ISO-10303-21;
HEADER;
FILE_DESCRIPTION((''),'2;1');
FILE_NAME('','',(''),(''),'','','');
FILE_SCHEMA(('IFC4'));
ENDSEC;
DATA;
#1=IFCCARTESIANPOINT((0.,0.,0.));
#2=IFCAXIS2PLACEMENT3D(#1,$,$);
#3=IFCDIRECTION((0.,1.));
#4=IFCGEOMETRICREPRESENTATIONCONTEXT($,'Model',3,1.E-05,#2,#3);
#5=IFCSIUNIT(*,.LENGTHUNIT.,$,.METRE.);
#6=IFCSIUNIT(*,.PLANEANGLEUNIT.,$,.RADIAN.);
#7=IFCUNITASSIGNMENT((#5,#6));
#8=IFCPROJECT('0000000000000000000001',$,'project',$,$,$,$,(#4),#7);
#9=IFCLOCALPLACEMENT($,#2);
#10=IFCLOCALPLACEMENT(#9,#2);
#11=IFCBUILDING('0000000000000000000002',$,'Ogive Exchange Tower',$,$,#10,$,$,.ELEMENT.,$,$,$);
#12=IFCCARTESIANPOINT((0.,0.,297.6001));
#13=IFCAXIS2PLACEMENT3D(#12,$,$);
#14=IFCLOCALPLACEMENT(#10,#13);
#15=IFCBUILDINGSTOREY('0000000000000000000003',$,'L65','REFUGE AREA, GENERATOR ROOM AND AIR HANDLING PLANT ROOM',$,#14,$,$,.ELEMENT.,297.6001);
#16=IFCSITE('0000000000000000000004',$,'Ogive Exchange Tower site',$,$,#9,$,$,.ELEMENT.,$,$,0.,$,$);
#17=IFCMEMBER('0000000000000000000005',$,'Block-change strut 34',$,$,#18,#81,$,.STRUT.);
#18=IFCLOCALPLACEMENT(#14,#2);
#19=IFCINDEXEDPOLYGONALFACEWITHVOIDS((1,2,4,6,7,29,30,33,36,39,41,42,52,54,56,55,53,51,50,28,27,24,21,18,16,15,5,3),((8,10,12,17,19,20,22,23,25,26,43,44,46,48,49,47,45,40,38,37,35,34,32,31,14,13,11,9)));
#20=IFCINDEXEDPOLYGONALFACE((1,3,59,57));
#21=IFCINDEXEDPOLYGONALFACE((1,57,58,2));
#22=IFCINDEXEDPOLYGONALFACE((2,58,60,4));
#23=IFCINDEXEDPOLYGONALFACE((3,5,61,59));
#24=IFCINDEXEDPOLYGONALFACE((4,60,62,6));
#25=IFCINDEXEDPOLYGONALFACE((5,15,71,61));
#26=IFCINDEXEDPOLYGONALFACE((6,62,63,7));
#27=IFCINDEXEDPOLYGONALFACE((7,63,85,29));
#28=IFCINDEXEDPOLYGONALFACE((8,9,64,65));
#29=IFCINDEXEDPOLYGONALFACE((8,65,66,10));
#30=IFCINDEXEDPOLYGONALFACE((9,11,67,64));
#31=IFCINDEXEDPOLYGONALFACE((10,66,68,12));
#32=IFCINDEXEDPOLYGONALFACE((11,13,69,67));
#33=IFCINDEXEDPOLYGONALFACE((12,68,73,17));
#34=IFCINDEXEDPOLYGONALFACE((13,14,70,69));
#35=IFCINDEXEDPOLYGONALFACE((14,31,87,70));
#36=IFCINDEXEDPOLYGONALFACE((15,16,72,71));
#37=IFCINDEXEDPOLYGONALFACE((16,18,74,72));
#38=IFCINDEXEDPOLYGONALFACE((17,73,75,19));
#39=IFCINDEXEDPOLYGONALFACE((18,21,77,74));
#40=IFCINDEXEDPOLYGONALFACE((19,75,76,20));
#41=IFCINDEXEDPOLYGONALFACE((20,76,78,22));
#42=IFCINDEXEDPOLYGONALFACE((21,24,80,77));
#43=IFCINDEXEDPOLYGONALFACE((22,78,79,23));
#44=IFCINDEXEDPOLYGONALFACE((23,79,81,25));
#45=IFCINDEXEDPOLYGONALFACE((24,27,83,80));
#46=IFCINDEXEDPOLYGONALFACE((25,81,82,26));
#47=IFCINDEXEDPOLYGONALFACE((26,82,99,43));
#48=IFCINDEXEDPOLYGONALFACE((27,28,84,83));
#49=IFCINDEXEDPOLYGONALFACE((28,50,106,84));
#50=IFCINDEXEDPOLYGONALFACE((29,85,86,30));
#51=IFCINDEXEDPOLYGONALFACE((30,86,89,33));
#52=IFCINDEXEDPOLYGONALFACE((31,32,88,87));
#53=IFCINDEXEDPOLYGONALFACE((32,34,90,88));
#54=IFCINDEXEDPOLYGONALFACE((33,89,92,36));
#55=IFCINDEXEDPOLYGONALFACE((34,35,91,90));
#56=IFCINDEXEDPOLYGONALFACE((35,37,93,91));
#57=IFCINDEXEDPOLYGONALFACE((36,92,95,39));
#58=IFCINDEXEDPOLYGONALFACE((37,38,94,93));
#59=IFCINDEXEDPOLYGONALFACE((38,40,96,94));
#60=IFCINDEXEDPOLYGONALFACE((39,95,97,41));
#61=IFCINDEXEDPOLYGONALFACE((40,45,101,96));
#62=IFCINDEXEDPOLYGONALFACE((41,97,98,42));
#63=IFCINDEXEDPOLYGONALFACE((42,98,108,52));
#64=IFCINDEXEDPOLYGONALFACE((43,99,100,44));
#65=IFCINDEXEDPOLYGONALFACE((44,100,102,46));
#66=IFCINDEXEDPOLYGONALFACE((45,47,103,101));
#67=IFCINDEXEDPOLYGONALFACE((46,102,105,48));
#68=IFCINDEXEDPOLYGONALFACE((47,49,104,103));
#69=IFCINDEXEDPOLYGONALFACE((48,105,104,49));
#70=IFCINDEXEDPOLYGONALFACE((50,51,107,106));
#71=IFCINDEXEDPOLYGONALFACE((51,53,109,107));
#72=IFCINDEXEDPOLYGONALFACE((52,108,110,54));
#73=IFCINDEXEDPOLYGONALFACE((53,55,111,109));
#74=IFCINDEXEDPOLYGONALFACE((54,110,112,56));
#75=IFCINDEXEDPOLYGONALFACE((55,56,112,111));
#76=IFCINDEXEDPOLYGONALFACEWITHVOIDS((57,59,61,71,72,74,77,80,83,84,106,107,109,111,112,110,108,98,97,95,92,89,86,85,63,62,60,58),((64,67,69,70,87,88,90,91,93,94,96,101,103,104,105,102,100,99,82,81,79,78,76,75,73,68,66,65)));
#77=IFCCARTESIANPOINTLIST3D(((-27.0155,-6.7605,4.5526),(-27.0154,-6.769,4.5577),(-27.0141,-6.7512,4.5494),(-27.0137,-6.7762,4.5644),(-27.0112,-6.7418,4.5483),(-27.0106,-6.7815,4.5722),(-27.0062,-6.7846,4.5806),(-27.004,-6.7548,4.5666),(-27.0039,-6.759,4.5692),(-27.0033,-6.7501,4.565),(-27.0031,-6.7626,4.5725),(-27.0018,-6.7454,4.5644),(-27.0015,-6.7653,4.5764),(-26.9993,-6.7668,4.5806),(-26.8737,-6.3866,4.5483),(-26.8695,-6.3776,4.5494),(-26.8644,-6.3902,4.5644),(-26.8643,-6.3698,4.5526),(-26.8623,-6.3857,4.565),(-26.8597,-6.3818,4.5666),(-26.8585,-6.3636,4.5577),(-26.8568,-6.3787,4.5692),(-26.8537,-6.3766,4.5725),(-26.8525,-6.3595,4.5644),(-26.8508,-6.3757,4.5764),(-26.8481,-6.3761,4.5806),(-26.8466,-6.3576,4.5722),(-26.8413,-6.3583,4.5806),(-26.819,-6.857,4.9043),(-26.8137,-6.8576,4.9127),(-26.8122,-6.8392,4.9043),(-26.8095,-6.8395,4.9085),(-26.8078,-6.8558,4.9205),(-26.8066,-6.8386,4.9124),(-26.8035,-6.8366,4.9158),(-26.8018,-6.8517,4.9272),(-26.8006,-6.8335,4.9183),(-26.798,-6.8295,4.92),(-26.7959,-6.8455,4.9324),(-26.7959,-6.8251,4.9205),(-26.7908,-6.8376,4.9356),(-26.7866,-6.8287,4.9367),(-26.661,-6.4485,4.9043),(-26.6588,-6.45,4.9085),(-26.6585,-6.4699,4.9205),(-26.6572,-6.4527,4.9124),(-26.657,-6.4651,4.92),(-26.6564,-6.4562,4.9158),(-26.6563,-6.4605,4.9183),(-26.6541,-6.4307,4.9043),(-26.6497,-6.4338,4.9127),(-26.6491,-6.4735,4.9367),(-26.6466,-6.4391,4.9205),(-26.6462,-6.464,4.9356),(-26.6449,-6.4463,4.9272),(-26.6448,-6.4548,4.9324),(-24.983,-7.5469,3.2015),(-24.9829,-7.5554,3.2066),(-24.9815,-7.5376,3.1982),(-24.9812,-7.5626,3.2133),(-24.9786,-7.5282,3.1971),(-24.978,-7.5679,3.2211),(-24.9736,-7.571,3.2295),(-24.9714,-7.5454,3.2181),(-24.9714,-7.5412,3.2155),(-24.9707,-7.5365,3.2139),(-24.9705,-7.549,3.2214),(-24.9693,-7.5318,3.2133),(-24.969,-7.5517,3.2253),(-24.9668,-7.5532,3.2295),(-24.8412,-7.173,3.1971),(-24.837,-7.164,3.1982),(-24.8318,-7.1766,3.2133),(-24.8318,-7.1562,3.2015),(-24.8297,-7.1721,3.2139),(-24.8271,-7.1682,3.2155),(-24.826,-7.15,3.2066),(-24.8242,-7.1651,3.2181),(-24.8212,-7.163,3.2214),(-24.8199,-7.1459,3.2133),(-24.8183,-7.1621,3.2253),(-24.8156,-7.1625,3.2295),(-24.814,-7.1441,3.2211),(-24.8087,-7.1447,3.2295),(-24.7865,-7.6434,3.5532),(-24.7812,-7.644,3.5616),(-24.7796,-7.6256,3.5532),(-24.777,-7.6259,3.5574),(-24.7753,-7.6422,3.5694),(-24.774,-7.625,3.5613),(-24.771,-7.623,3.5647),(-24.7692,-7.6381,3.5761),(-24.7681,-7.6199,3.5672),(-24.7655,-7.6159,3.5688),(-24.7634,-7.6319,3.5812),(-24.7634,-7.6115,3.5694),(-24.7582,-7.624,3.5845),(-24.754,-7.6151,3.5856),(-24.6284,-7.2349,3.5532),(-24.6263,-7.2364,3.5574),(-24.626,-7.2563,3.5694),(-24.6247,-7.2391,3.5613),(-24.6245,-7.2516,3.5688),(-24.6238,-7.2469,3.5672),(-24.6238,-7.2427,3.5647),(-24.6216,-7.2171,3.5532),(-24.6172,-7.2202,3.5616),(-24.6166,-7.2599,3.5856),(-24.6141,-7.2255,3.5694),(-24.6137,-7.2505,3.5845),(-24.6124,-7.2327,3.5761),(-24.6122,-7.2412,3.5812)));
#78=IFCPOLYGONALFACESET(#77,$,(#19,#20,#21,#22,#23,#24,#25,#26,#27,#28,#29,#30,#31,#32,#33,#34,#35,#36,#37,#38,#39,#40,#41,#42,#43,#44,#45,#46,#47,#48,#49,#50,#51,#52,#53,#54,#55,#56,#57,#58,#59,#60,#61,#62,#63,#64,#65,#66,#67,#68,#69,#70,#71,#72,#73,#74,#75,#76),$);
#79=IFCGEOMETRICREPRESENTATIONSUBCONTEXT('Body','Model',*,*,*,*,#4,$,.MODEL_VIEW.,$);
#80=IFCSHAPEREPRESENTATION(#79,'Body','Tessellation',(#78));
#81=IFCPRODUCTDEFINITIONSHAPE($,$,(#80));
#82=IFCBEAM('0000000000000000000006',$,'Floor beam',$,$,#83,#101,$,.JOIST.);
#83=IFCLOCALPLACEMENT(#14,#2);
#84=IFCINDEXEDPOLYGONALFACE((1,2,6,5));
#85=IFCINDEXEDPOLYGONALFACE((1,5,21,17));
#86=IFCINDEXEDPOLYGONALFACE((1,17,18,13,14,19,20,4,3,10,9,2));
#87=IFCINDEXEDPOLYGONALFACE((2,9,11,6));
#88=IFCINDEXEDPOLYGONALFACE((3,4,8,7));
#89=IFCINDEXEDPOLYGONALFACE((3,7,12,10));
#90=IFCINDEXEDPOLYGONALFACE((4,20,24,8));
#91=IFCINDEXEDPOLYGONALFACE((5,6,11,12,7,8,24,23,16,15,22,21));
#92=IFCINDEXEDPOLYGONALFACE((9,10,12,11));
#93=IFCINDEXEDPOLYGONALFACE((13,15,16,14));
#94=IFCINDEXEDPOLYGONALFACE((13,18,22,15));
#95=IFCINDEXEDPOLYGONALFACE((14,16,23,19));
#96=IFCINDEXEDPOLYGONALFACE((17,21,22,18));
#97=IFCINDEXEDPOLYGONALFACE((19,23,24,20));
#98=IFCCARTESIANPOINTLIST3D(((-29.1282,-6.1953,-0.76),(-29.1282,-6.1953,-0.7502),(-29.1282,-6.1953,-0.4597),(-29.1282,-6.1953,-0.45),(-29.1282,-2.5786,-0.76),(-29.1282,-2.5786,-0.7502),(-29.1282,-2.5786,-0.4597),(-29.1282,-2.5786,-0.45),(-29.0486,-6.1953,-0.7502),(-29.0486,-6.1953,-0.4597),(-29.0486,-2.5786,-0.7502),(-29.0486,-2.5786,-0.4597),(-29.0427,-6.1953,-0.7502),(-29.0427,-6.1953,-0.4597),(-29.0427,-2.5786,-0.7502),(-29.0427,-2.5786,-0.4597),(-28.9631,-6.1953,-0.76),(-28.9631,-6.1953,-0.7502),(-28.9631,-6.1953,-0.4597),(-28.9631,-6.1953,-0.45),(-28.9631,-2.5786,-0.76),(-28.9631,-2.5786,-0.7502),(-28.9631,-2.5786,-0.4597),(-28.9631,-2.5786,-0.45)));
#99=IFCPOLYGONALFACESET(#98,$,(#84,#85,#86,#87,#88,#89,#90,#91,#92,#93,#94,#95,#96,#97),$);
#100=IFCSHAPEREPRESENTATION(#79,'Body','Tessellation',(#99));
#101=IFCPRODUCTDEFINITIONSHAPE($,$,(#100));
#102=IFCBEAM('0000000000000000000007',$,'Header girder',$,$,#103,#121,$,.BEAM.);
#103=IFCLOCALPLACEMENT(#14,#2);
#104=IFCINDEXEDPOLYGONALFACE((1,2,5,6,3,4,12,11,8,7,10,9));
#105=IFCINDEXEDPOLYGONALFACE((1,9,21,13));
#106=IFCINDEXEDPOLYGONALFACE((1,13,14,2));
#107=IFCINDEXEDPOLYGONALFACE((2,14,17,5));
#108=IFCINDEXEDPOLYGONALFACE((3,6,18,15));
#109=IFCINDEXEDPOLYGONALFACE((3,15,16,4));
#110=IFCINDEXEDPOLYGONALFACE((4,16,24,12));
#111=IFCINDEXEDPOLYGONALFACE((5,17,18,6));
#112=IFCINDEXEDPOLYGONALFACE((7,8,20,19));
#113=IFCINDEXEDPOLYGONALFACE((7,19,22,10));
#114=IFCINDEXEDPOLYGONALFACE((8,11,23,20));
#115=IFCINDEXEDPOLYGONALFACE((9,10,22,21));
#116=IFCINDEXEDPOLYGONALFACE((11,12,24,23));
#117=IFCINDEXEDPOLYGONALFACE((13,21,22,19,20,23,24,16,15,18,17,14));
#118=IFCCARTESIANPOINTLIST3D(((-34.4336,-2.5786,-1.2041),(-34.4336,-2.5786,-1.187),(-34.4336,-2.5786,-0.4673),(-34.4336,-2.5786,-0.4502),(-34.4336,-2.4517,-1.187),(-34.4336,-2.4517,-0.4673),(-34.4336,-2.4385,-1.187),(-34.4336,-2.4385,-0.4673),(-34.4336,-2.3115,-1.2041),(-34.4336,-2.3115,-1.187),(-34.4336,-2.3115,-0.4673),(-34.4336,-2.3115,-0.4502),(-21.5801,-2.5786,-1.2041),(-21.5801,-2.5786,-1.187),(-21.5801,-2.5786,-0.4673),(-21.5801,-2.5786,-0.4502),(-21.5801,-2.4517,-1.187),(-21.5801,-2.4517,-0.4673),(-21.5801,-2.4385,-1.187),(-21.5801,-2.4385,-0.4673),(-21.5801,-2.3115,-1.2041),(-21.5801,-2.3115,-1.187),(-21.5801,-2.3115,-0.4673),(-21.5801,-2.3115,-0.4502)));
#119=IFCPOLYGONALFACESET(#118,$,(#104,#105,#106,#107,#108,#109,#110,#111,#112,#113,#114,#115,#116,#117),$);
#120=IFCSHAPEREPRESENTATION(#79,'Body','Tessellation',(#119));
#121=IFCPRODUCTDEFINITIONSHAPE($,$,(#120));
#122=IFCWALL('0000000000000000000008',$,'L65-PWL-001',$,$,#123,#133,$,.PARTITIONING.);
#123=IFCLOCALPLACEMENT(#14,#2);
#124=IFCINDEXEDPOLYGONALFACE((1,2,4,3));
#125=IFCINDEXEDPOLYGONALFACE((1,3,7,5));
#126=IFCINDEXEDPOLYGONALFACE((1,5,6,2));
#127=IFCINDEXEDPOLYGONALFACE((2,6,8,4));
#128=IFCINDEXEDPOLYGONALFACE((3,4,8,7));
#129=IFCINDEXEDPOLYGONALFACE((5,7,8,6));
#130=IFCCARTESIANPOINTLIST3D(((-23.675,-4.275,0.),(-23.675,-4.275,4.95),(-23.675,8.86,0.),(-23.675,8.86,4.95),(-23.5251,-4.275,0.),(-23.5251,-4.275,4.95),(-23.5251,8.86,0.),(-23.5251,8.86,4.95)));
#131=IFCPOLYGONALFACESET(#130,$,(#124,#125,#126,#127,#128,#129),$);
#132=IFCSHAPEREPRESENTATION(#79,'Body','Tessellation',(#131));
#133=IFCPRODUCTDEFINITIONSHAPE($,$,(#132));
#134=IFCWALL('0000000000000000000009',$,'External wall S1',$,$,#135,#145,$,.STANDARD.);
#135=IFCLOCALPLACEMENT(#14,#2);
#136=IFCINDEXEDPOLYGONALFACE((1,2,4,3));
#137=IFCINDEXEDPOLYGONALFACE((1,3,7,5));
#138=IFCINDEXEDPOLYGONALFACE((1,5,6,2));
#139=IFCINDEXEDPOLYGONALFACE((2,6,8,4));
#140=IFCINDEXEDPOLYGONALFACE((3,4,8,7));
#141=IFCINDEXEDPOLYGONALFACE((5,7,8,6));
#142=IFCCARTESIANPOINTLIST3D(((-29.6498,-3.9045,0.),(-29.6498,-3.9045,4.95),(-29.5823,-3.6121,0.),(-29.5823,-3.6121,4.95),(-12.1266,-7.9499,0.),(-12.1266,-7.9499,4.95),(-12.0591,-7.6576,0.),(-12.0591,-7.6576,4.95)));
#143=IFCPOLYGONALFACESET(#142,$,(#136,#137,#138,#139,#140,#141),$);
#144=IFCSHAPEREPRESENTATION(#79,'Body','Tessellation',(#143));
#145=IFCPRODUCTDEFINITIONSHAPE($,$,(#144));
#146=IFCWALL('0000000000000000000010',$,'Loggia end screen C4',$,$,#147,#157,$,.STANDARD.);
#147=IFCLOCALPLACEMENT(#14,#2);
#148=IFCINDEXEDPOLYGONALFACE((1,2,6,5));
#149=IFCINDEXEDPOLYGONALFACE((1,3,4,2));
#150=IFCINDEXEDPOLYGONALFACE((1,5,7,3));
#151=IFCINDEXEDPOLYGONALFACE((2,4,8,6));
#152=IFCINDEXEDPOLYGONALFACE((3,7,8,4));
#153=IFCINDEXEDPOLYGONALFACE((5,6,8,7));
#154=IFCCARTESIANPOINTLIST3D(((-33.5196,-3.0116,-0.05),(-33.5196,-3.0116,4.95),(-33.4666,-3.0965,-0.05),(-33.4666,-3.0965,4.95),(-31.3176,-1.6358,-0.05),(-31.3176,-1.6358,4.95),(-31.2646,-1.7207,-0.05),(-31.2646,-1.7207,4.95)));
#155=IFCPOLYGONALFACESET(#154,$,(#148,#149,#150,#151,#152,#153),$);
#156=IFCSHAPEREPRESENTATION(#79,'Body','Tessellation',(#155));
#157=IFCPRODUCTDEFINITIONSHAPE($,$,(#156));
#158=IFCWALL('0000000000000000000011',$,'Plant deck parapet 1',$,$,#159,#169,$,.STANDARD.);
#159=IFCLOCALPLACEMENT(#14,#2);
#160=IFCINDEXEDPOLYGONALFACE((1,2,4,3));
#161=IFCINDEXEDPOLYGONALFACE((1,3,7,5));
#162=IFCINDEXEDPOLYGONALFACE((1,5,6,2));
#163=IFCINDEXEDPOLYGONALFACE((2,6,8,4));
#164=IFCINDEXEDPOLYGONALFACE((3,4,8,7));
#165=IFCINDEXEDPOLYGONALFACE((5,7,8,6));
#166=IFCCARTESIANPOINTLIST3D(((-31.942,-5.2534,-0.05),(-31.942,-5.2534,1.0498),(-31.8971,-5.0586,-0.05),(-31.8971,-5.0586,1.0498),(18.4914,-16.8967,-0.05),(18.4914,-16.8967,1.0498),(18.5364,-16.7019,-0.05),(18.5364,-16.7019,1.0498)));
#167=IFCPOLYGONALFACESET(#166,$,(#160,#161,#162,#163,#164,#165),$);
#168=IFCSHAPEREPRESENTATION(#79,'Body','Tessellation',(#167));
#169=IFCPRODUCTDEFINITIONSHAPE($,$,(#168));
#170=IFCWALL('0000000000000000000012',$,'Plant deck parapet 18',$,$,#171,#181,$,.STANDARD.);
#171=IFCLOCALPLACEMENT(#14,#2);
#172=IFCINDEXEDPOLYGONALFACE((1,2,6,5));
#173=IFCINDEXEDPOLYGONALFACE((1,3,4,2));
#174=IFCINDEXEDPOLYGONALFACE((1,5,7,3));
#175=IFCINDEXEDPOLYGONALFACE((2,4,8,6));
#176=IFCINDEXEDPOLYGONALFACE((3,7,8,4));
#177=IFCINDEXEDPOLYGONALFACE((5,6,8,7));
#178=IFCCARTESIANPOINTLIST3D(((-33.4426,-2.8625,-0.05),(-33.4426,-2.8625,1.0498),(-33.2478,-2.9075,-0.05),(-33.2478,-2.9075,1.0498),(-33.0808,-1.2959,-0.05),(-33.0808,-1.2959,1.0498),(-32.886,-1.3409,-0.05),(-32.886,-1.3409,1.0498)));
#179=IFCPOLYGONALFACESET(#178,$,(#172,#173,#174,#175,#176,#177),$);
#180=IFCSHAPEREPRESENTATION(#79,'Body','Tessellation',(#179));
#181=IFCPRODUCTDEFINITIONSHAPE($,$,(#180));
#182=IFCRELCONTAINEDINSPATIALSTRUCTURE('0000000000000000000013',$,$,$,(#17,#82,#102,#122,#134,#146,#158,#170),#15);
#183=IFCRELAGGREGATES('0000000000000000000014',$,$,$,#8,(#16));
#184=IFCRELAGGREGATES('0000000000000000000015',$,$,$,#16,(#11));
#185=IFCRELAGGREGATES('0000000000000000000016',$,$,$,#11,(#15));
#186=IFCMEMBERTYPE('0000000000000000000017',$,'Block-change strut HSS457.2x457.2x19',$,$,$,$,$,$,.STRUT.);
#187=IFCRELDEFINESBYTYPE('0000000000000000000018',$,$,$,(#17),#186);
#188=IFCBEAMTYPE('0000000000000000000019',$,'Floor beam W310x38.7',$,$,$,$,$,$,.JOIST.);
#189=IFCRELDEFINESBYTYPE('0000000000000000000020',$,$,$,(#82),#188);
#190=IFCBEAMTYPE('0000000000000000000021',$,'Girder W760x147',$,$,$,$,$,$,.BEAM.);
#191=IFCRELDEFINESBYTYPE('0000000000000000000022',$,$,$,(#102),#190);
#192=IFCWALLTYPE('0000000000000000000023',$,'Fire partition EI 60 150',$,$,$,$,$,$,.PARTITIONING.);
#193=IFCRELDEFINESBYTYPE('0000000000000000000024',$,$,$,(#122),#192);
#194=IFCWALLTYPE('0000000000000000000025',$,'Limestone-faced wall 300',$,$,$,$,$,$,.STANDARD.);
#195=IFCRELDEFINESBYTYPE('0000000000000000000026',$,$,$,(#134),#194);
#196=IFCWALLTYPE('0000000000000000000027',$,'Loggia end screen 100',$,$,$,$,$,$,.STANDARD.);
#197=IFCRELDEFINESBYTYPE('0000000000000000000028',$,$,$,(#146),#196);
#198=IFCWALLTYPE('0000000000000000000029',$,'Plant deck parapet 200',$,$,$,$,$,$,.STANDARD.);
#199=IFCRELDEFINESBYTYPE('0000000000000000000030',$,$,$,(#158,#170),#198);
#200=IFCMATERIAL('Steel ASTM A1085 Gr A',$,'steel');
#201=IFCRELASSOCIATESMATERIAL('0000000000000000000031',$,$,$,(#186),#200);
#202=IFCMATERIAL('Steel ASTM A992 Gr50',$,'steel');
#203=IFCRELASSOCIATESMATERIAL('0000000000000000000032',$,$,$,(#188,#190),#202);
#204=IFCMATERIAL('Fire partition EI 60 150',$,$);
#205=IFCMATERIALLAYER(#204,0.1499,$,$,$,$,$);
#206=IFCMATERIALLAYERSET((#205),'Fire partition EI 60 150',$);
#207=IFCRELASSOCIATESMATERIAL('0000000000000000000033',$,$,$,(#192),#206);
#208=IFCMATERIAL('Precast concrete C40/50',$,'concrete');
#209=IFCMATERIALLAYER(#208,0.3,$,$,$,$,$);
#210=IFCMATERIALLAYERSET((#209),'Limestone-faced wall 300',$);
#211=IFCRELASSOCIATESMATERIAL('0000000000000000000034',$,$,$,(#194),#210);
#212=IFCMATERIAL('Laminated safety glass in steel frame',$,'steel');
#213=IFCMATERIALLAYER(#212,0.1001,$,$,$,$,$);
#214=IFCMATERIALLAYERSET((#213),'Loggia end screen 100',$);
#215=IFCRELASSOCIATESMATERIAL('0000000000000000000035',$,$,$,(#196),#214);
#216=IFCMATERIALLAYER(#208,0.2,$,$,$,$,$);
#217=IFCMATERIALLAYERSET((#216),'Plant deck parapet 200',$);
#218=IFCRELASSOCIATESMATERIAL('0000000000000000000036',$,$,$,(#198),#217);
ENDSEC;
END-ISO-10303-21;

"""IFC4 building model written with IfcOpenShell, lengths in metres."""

from ifc_helpers import new_model, si_unit, direction, frame, frame_2d, origin, origin_2d, place, context, subcontext, project, spatial, rectangle, hollow_rectangle, i_section, extrude, material, layer, layer_set, material_profile, profile_set, type_object, element, save


model = new_model("IFC4")

# Units and contexts
model_context = context("Model", 3, precision=1e-05, world=origin(), true_north=direction((0.0, 1.0)))
body_context = subcontext(model_context, "Body", "Model", "MODEL_VIEW")
ifc_project = project(units=[si_unit("LENGTHUNIT", "METRE"), si_unit("PLANEANGLEUNIT", "RADIAN")], contexts=[model_context])

# Site, building, storey
site_placement = place(None, origin())
site = spatial("IfcSite", under=ifc_project, at=site_placement, Name="Ogive Exchange Tower site", CompositionType="ELEMENT", RefElevation=0.0)
building_placement = place(site_placement, origin())
building = spatial("IfcBuilding", under=site, at=building_placement, Name="Ogive Exchange Tower", CompositionType="ELEMENT")
storey_placement = place(building_placement, frame((0.0, 0.0, 297.6001)))
storey = spatial("IfcBuildingStorey", under=building, at=storey_placement, Name="L65", Description="REFUGE AREA, GENERATOR ROOM AND AIR HANDLING PLANT ROOM", CompositionType="ELEMENT", Elevation=297.6001)

# Shared definitions
ifc_material_1 = material(Name="Steel ASTM A992 Gr50", Category="steel")

# Shared definitions
ifc_material_2 = material(Name="Steel ASTM A1085 Gr A", Category="steel")

# Member
ifc_material_profile_1 = material_profile(ifc_material_2, hollow_rectangle(XDim=0.457, YDim=0.457, WallThickness=0.019, InnerFilletRadius=0.019, OuterFilletRadius=0.0381, at=origin_2d()), Name="HSS457.2x457.2x19")
ifc_profile_set_1 = profile_set([ifc_material_profile_1], Name="Steel ASTM A1085 Gr A")
member_type_1 = type_object("IfcMemberType", Name="Block-change strut HSS457.2x457.2x19", PredefinedType="STRUT", material=ifc_profile_set_1)
member_1_placement = place(storey_placement, frame((-24.7976, -7.394, 3.3914), z_axis=(-0.792657, 0.306685, 0.526915), x_axis=(-0.36084, -0.932628, 0.0)))
element("IfcMember", 1, at=member_1_placement, inside=storey, type_object=member_type_1, Name="Block-change strut 34", PredefinedType="STRUT", context=body_context, shape_type="SweptSolid", body=[
    extrude(hollow_rectangle(XDim=0.457, YDim=0.457, WallThickness=0.019, InnerFilletRadius=0.019, OuterFilletRadius=0.0381, at=origin_2d()), origin(), (0.0, 0.0, 1.0), 2.5642),
])

# Beams
ifc_material_profile_2 = material_profile(ifc_material_1, i_section(OverallWidth=0.165, OverallDepth=0.3101, WebThickness=0.0059, FlangeThickness=0.0098, at=origin_2d()), Name="W310x38.7")
ifc_profile_set_2 = profile_set([ifc_material_profile_2], Name="Steel ASTM A992 Gr50")
beam_type_1 = type_object("IfcBeamType", Name="Floor beam W310x38.7", PredefinedType="JOIST", material=ifc_profile_set_2)
beam_1_placement = place(storey_placement, frame((-29.0457, -6.1953, -0.605), z_axis=(0.0, 1.0, 0.0), x_axis=(-1.0, 0.0, 0.0)))
element("IfcBeam", 2, at=beam_1_placement, inside=storey, type_object=beam_type_1, Name="Floor beam", PredefinedType="JOIST", context=body_context, shape_type="SweptSolid", body=[
    extrude(i_section(OverallWidth=0.165, OverallDepth=0.3101, WebThickness=0.0059, FlangeThickness=0.0098, at=origin_2d()), origin(), (0.0, 0.0, 1.0), 3.6167),
])
ifc_material_profile_3 = material_profile(ifc_material_1, i_section(OverallWidth=0.2671, OverallDepth=0.7539, WebThickness=0.0132, FlangeThickness=0.0171, at=origin_2d()), Name="W760x147")
ifc_profile_set_3 = profile_set([ifc_material_profile_3], Name="Steel ASTM A992 Gr50")
beam_type_2 = type_object("IfcBeamType", Name="Girder W760x147", PredefinedType="BEAM", material=ifc_profile_set_3)
beam_2_placement = place(storey_placement, frame((-34.4336, -2.4451, -0.8271), z_axis=(1.0, 0.0, 0.0), x_axis=(0.0, 1.0, 0.0)))
element("IfcBeam", 3, at=beam_2_placement, inside=storey, type_object=beam_type_2, Name="Header girder", PredefinedType="BEAM", context=body_context, shape_type="SweptSolid", body=[
    extrude(i_section(OverallWidth=0.2671, OverallDepth=0.7539, WebThickness=0.0132, FlangeThickness=0.0171, at=origin_2d()), origin(), (0.0, 0.0, 1.0), 12.8535),
])

# Walls
ifc_material_3 = material(Name="Fire partition EI 60 150")
ifc_layer_1 = layer(ifc_material_3, 0.1499)
ifc_layer_set_1 = layer_set([ifc_layer_1], Name="Fire partition EI 60 150")
wall_type_1 = type_object("IfcWallType", Name="Fire partition EI 60 150", PredefinedType="PARTITIONING", material=ifc_layer_set_1)
wall_1_placement = place(storey_placement, frame((-23.6001, -4.2749, 0.0), z_axis=(0.0, 0.0, 1.0), x_axis=(0.0, 1.0, 0.0)))
element("IfcWall", 4, at=wall_1_placement, inside=storey, type_object=wall_type_1, Name="L65-PWL-001", PredefinedType="PARTITIONING", context=body_context, shape_type="SweptSolid", body=[
    extrude(rectangle(XDim=13.135, YDim=0.1499, at=frame_2d((6.5674, 0.0))), origin(), (0.0, 0.0, 1.0), 4.95),
])
ifc_material_4 = material(Name="Precast concrete C40/50", Category="concrete")
ifc_layer_2 = layer(ifc_material_4, 0.3)
ifc_layer_set_2 = layer_set([ifc_layer_2], Name="Limestone-faced wall 300")
wall_type_2 = type_object("IfcWallType", Name="Limestone-faced wall 300", PredefinedType="STANDARD", material=ifc_layer_set_2)
wall_2_placement = place(storey_placement, frame((-29.6162, -3.7583, 0.0), z_axis=(0.0, 0.0, 1.0), x_axis=(0.974372, -0.224944, 0.0)))
element("IfcWall", 5, at=wall_2_placement, inside=storey, type_object=wall_type_2, Name="External wall S1", PredefinedType="STANDARD", context=body_context, shape_type="SweptSolid", body=[
    extrude(rectangle(XDim=17.9841, YDim=0.3, at=frame_2d((8.9922, 0.0))), origin(), (0.0, 0.0, 1.0), 4.95),
])
ifc_material_5 = material(Name="Laminated safety glass in steel frame", Category="steel")
ifc_layer_3 = layer(ifc_material_5, 0.1001)
ifc_layer_set_3 = layer_set([ifc_layer_3], Name="Loggia end screen 100")
wall_type_3 = type_object("IfcWallType", Name="Loggia end screen 100", PredefinedType="STANDARD", material=ifc_layer_set_3)
wall_3_placement = place(storey_placement, frame((-31.291, -1.6782, -0.05), z_axis=(0.0, 0.0, 1.0), x_axis=(-0.848078, -0.529872, 0.0)))
element("IfcWall", 6, at=wall_3_placement, inside=storey, type_object=wall_type_3, Name="Loggia end screen C4", PredefinedType="STANDARD", context=body_context, shape_type="SweptSolid", body=[
    extrude(rectangle(XDim=2.5964, YDim=0.1001, at=frame_2d((1.2983, 0.0))), origin(), (0.0, 0.0, 1.0), 5.0),
])
ifc_layer_4 = layer(ifc_material_4, 0.2)
ifc_layer_set_4 = layer_set([ifc_layer_4], Name="Plant deck parapet 200")
wall_type_4 = type_object("IfcWallType", Name="Plant deck parapet 200", PredefinedType="STANDARD", material=ifc_layer_set_4)
wall_4_placement = place(storey_placement, frame((-31.9194, -5.156, -0.05), z_axis=(0.0, 0.0, 1.0), x_axis=(0.974371, -0.224948, 0.0)))
element("IfcWall", 7, at=wall_4_placement, inside=storey, type_object=wall_type_4, Name="Plant deck parapet 1", PredefinedType="STANDARD", context=body_context, shape_type="SweptSolid", body=[
    extrude(rectangle(XDim=51.76, YDim=0.2, at=frame_2d((25.8799, 0.0))), origin(), (0.0, 0.0, 1.0), 1.0999),
])
wall_5_placement = place(storey_placement, frame((-32.9834, -1.3184, -0.05), z_axis=(0.0, 0.0, 1.0), x_axis=(-0.225026, -0.974353, 0.0)))
element("IfcWall", 8, at=wall_5_placement, inside=storey, type_object=wall_type_4, Name="Plant deck parapet 18", PredefinedType="STANDARD", context=body_context, shape_type="SweptSolid", body=[
    extrude(rectangle(XDim=1.6079, YDim=0.2, at=frame_2d((0.804, 0.0))), origin(), (0.0, 0.0, 1.0), 1.0999),
])

save(model, "model.ifc")
